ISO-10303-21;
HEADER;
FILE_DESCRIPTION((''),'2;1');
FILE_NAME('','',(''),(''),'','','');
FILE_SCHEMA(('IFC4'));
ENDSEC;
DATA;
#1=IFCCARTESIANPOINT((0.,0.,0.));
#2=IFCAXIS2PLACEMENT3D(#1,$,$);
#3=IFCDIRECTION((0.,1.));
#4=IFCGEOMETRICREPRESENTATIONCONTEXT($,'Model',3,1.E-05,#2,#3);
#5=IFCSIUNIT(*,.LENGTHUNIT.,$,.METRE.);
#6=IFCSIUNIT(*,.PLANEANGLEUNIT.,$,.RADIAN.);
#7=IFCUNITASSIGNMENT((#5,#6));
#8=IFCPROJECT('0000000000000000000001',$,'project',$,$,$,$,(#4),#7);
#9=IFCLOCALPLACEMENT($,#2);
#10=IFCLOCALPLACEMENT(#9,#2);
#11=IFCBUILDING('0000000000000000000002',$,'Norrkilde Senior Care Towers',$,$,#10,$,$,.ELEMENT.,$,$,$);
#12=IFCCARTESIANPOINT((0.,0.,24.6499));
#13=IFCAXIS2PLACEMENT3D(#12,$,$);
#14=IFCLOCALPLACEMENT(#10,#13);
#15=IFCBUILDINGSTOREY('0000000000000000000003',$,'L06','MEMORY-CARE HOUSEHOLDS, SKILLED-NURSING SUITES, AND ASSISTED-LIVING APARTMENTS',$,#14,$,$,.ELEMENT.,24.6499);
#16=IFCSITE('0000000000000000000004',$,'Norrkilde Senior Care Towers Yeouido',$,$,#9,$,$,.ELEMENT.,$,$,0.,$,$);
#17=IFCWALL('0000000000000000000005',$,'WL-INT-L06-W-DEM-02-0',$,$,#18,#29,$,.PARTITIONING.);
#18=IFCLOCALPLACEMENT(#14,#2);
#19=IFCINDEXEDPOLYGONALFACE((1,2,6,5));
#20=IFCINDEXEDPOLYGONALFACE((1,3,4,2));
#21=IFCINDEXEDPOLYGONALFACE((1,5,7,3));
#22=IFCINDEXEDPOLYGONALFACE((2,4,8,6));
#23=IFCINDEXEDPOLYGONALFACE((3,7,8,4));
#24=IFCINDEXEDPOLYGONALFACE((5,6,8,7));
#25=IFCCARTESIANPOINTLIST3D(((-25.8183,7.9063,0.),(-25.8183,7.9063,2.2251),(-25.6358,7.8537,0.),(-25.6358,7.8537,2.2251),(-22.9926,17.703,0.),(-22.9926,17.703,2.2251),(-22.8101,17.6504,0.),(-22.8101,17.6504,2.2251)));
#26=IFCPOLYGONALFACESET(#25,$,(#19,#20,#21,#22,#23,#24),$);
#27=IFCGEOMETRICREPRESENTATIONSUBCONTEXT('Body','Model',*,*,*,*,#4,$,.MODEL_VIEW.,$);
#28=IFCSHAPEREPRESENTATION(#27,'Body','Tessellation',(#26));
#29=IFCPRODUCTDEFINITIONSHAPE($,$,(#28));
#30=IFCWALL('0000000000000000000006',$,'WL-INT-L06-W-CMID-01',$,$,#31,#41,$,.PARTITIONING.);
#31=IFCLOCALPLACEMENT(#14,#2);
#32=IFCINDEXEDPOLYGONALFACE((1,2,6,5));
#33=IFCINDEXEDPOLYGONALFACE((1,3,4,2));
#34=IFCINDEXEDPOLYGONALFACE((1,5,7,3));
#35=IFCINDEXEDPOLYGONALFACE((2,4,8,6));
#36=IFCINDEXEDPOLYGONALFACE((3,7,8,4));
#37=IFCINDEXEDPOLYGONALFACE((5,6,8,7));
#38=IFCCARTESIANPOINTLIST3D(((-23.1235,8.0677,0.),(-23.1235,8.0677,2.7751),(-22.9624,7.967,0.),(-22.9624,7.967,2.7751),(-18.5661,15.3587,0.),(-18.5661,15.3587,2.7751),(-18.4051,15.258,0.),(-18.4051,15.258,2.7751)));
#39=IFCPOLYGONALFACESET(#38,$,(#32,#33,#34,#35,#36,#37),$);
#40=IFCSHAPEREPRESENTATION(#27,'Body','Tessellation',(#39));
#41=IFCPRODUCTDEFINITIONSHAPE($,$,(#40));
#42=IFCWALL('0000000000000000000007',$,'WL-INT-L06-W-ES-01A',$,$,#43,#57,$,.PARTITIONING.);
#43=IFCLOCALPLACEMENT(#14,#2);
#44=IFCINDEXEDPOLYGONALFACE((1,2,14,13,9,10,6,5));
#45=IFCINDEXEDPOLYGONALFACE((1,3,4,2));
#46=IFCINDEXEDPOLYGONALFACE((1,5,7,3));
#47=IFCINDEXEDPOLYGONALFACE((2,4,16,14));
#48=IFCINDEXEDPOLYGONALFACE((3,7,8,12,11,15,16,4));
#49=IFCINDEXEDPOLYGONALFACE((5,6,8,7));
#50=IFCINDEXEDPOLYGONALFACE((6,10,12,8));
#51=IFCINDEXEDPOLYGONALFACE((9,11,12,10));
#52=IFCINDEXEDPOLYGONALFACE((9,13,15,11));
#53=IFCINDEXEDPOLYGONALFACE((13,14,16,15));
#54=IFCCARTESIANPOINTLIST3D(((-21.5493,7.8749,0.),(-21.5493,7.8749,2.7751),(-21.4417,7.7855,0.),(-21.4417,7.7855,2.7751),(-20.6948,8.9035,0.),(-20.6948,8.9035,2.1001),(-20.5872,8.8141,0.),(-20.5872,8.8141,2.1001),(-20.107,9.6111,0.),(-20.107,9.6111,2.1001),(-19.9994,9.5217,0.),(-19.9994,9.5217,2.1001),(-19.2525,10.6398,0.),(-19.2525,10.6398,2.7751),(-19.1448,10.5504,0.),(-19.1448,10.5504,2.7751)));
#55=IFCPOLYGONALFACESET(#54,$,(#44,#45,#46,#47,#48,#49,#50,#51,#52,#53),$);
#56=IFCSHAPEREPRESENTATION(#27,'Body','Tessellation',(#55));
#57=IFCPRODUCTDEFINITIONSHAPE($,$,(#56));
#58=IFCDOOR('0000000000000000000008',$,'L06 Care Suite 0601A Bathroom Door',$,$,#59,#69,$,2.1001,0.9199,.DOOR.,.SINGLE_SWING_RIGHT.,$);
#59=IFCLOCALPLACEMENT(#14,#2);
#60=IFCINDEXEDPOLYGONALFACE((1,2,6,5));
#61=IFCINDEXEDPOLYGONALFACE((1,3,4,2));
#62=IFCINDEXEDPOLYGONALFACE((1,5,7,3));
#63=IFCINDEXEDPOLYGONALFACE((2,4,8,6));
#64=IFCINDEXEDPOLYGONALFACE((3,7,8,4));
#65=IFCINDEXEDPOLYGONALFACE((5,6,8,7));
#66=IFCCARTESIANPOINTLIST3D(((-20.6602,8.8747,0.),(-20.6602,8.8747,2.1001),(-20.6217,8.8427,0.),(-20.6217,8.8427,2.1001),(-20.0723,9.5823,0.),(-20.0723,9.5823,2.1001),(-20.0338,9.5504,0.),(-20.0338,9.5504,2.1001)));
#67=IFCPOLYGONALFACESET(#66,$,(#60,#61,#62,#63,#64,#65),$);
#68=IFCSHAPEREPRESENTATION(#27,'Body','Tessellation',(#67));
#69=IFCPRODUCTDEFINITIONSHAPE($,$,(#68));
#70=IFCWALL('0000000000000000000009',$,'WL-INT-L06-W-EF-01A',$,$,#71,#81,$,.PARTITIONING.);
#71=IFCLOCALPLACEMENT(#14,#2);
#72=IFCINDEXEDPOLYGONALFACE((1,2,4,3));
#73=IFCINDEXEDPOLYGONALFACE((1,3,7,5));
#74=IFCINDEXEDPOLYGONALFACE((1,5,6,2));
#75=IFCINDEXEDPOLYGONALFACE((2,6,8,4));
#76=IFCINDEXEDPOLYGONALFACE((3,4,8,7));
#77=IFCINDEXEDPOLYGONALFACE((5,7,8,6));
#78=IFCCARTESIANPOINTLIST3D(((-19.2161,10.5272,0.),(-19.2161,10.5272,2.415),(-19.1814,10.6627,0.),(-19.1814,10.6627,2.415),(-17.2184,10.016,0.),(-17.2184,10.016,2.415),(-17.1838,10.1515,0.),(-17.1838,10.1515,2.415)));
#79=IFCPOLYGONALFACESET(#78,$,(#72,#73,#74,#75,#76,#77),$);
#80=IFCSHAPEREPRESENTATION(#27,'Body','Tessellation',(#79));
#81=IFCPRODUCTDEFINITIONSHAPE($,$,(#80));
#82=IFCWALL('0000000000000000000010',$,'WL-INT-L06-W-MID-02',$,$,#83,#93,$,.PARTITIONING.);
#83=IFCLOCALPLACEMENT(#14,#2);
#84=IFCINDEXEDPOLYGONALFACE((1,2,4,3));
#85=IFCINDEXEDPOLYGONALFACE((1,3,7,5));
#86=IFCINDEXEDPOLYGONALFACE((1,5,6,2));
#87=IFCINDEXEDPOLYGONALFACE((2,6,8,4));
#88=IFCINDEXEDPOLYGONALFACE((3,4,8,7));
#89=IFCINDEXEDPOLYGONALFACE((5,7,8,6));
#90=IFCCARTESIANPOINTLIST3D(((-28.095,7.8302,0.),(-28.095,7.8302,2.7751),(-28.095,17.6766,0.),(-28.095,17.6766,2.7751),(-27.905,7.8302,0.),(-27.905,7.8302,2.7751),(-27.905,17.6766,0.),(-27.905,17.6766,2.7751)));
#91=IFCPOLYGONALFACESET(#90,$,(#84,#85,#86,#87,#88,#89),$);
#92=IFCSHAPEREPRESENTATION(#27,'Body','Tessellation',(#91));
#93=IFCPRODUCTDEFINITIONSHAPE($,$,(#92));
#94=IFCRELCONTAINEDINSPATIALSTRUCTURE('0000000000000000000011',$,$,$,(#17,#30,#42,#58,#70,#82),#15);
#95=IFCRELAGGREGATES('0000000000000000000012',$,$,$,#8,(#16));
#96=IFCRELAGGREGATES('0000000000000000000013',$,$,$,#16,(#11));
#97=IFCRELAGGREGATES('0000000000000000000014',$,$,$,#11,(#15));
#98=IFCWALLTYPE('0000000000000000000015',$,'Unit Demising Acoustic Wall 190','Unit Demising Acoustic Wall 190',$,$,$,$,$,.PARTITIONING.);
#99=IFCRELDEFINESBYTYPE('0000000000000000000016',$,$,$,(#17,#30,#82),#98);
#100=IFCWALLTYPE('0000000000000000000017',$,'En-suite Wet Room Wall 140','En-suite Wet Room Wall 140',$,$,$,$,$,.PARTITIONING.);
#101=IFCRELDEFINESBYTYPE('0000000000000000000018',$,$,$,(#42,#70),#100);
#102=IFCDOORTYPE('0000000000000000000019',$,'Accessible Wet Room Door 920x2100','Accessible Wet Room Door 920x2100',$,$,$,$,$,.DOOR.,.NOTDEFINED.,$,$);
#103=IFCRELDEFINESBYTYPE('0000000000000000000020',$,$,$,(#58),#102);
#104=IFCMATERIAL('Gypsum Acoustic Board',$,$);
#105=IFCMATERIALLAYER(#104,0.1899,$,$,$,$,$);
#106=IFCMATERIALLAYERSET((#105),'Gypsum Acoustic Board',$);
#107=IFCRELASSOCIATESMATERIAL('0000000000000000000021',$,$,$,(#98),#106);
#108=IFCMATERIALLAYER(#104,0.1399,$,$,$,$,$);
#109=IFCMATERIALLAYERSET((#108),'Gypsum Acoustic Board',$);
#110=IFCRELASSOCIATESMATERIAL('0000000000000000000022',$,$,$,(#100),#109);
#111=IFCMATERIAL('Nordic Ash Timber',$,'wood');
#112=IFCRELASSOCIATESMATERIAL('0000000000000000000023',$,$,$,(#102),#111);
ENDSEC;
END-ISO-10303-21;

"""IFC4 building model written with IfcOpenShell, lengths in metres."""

from ifc_helpers import new_model, si_unit, direction, frame, frame_2d, origin, place, context, subcontext, project, spatial, rectangle, extrude, source, transform, mapped, material, layer, layer_set, type_object, type_shapes, element, fill, save


model = new_model("IFC4")

# Units and contexts
model_context = context("Model", 3, precision=1e-05, world=origin(), true_north=direction((0.0, 1.0)))
body_context = subcontext(model_context, "Body", "Model", "MODEL_VIEW")
ifc_project = project(units=[si_unit("LENGTHUNIT", "METRE"), si_unit("PLANEANGLEUNIT", "RADIAN")], contexts=[model_context])

# Site, building, storey
site_placement = place(None, origin())
site = spatial("IfcSite", under=ifc_project, at=site_placement, Name="Norrkilde Senior Care Towers Yeouido", CompositionType="ELEMENT", RefElevation=0.0)
building_placement = place(site_placement, origin())
building = spatial("IfcBuilding", under=site, at=building_placement, Name="Norrkilde Senior Care Towers", CompositionType="ELEMENT")
storey_placement = place(building_placement, frame((0.0, 0.0, 24.6499)))
storey = spatial("IfcBuildingStorey", under=building, at=storey_placement, Name="L06", Description="MEMORY-CARE HOUSEHOLDS, SKILLED-NURSING SUITES, AND ASSISTED-LIVING APARTMENTS", CompositionType="ELEMENT", Elevation=24.6499)

# Walls
ifc_material_1 = material(Name="Gypsum Acoustic Board")
ifc_layer_1 = layer(ifc_material_1, 0.1899)
ifc_layer_set_1 = layer_set([ifc_layer_1], Name="Gypsum Acoustic Board")
wall_type_1 = type_object("IfcWallType", Name="Unit Demising Acoustic Wall 190", Description="Unit Demising Acoustic Wall 190", PredefinedType="PARTITIONING", material=ifc_layer_set_1)
shared_shape_1 = source(origin(), body_context, "Body", "SweptSolid", [
    extrude(rectangle(XDim=10.196, YDim=0.1899, at=frame_2d((5.0981, 0.0))), origin(), (0.0, 0.0, 1.0), 2.2251),
])
wall_1_placement = place(storey_placement, frame((-25.7271, 7.8799, 0.0), z_axis=(0.0, 0.0, 1.0), x_axis=(0.277136, 0.960831, 0.0)))
element("IfcWall", 1, at=wall_1_placement, inside=storey, type_object=wall_type_1, Name="WL-INT-L06-W-DEM-02-0", PredefinedType="PARTITIONING", context=body_context, shape_type="MappedRepresentation", body=[
    mapped(shared_shape_1, transform((0.0, 0.0, 0.0), x_axis=(1.0, 0.0, 0.0), y_axis=(0.0, 1.0, 0.0), z_axis=(0.0, 0.0, 1.0), scale=1.0)),
])
shared_shape_2 = source(origin(), body_context, "Body", "SweptSolid", [
    extrude(rectangle(XDim=8.5981, YDim=0.1899, at=frame_2d((4.2991, 0.0))), origin(), (0.0, 0.0, 1.0), 2.7751),
])
wall_2_placement = place(storey_placement, frame((-23.043, 8.0173, 0.0), z_axis=(0.0, 0.0, 1.0), x_axis=(0.53004, 0.847973, 0.0)))
element("IfcWall", 2, at=wall_2_placement, inside=storey, type_object=wall_type_1, Name="WL-INT-L06-W-CMID-01", PredefinedType="PARTITIONING", context=body_context, shape_type="MappedRepresentation", body=[
    mapped(shared_shape_2, transform((0.0, 0.0, 0.0), x_axis=(1.0, 0.0, 0.0), y_axis=(0.0, 1.0, 0.0), z_axis=(0.0, 0.0, 1.0), scale=1.0)),
])

# Wall, opening, door
ifc_layer_2 = layer(ifc_material_1, 0.1399)
ifc_layer_set_2 = layer_set([ifc_layer_2], Name="Gypsum Acoustic Board")
wall_type_2 = type_object("IfcWallType", Name="En-suite Wet Room Wall 140", Description="En-suite Wet Room Wall 140", PredefinedType="PARTITIONING", material=ifc_layer_set_2)
shared_shape_3 = source(origin(), body_context, "Body", "SweptSolid", [
    extrude(rectangle(XDim=3.5945, YDim=0.1399, at=frame_2d((1.7974, 0.0))), origin(), (0.0, 0.0, 1.0), 2.7751),
])
wall_3_placement = place(storey_placement, frame((-21.4956, 7.8301, 0.0), z_axis=(0.0, 0.0, 1.0), x_axis=(0.639001, 0.769206, 0.0)))
wall_3 = element("IfcWall", 3, at=wall_3_placement, inside=storey, type_object=wall_type_2, Name="WL-INT-L06-W-ES-01A", PredefinedType="PARTITIONING", context=body_context, shape_type="MappedRepresentation", body=[
    mapped(shared_shape_3, transform((0.0, 0.0, 0.0), x_axis=(1.0, 0.0, 0.0), y_axis=(0.0, 1.0, 0.0), z_axis=(0.0, 0.0, 1.0), scale=1.0)),
])
opening_placement = place(wall_3_placement, frame((1.3374, 0.0, 0.0)))
opening = element("IfcOpeningElement", 4, at=opening_placement, cuts=wall_3, PredefinedType="OPENING", context=body_context, shape_type="SweptSolid", body=[
    extrude(rectangle(XDim=0.9199, YDim=2.1001, at=frame_2d((0.46, 1.05))), frame((0.0, 0.0798, 0.0), z_axis=(0.0, -1.0, 0.0), x_axis=(1.0, 0.0, 0.0)), (0.0, 0.0, 1.0), 0.1599),
])
ifc_material_2 = material(Name="Nordic Ash Timber", Category="wood")
door_type = type_object("IfcDoorType", Name="Accessible Wet Room Door 920x2100", Description="Accessible Wet Room Door 920x2100", OperationType="NOTDEFINED", PredefinedType="DOOR", material=ifc_material_2)
shared_shape_4 = source(origin(), body_context, "Body", "SweptSolid", [
    extrude(rectangle(XDim=0.9199, YDim=2.1001, at=frame_2d((0.46, 1.05))), frame((0.0, 0.0249, 0.0), z_axis=(0.0, -1.0, 0.0), x_axis=(1.0, 0.0, 0.0)), (0.0, 0.0, 1.0), 0.05),
])
type_shapes(door_type, [shared_shape_4])
door_placement = place(opening_placement, origin())
door = element("IfcDoor", 5, at=door_placement, inside=storey, type_object=door_type, Name="L06 Care Suite 0601A Bathroom Door", OperationType="SINGLE_SWING_RIGHT", OverallHeight=2.1001, OverallWidth=0.9199, PredefinedType="DOOR", context=body_context, shape_type="MappedRepresentation", body=[
    mapped(shared_shape_4, transform((0.0, 0.0, 0.0), x_axis=(1.0, 0.0, 0.0), y_axis=(0.0, 1.0, 0.0), z_axis=(0.0, 0.0, 1.0), scale=1.0)),
])
fill(opening, door)

# Walls
shared_shape_5 = source(origin(), body_context, "Body", "SweptSolid", [
    extrude(rectangle(XDim=2.062, YDim=0.1399, at=frame_2d((1.031, 0.0))), origin(), (0.0, 0.0, 1.0), 2.415),
])
type_shapes(wall_type_2, [shared_shape_3, shared_shape_5])
wall_4_placement = place(storey_placement, frame((-19.1987, 10.595, 0.0), z_axis=(0.0, 0.0, 1.0), x_axis=(0.968776, -0.247937, 0.0)))
element("IfcWall", 6, at=wall_4_placement, inside=storey, type_object=wall_type_2, Name="WL-INT-L06-W-EF-01A", PredefinedType="PARTITIONING", context=body_context, shape_type="MappedRepresentation", body=[
    mapped(shared_shape_5, transform((0.0, 0.0, 0.0), x_axis=(1.0, 0.0, 0.0), y_axis=(0.0, 1.0, 0.0), z_axis=(0.0, 0.0, 1.0), scale=1.0)),
])
shared_shape_6 = source(origin(), body_context, "Body", "SweptSolid", [
    extrude(rectangle(XDim=9.8464, YDim=0.1899, at=frame_2d((4.9233, 0.0))), origin(), (0.0, 0.0, 1.0), 2.7751),
])
wall_5_placement = place(storey_placement, frame((-28.0, 7.8301, 0.0), z_axis=(0.0, 0.0, 1.0), x_axis=(0.0, 1.0, 0.0)))
element("IfcWall", 7, at=wall_5_placement, inside=storey, type_object=wall_type_1, Name="WL-INT-L06-W-MID-02", PredefinedType="PARTITIONING", context=body_context, shape_type="MappedRepresentation", body=[
    mapped(shared_shape_6, transform((0.0, 0.0, 0.0), x_axis=(1.0, 0.0, 0.0), y_axis=(0.0, 1.0, 0.0), z_axis=(0.0, 0.0, 1.0), scale=1.0)),
])

save(model, "model.ifc")
